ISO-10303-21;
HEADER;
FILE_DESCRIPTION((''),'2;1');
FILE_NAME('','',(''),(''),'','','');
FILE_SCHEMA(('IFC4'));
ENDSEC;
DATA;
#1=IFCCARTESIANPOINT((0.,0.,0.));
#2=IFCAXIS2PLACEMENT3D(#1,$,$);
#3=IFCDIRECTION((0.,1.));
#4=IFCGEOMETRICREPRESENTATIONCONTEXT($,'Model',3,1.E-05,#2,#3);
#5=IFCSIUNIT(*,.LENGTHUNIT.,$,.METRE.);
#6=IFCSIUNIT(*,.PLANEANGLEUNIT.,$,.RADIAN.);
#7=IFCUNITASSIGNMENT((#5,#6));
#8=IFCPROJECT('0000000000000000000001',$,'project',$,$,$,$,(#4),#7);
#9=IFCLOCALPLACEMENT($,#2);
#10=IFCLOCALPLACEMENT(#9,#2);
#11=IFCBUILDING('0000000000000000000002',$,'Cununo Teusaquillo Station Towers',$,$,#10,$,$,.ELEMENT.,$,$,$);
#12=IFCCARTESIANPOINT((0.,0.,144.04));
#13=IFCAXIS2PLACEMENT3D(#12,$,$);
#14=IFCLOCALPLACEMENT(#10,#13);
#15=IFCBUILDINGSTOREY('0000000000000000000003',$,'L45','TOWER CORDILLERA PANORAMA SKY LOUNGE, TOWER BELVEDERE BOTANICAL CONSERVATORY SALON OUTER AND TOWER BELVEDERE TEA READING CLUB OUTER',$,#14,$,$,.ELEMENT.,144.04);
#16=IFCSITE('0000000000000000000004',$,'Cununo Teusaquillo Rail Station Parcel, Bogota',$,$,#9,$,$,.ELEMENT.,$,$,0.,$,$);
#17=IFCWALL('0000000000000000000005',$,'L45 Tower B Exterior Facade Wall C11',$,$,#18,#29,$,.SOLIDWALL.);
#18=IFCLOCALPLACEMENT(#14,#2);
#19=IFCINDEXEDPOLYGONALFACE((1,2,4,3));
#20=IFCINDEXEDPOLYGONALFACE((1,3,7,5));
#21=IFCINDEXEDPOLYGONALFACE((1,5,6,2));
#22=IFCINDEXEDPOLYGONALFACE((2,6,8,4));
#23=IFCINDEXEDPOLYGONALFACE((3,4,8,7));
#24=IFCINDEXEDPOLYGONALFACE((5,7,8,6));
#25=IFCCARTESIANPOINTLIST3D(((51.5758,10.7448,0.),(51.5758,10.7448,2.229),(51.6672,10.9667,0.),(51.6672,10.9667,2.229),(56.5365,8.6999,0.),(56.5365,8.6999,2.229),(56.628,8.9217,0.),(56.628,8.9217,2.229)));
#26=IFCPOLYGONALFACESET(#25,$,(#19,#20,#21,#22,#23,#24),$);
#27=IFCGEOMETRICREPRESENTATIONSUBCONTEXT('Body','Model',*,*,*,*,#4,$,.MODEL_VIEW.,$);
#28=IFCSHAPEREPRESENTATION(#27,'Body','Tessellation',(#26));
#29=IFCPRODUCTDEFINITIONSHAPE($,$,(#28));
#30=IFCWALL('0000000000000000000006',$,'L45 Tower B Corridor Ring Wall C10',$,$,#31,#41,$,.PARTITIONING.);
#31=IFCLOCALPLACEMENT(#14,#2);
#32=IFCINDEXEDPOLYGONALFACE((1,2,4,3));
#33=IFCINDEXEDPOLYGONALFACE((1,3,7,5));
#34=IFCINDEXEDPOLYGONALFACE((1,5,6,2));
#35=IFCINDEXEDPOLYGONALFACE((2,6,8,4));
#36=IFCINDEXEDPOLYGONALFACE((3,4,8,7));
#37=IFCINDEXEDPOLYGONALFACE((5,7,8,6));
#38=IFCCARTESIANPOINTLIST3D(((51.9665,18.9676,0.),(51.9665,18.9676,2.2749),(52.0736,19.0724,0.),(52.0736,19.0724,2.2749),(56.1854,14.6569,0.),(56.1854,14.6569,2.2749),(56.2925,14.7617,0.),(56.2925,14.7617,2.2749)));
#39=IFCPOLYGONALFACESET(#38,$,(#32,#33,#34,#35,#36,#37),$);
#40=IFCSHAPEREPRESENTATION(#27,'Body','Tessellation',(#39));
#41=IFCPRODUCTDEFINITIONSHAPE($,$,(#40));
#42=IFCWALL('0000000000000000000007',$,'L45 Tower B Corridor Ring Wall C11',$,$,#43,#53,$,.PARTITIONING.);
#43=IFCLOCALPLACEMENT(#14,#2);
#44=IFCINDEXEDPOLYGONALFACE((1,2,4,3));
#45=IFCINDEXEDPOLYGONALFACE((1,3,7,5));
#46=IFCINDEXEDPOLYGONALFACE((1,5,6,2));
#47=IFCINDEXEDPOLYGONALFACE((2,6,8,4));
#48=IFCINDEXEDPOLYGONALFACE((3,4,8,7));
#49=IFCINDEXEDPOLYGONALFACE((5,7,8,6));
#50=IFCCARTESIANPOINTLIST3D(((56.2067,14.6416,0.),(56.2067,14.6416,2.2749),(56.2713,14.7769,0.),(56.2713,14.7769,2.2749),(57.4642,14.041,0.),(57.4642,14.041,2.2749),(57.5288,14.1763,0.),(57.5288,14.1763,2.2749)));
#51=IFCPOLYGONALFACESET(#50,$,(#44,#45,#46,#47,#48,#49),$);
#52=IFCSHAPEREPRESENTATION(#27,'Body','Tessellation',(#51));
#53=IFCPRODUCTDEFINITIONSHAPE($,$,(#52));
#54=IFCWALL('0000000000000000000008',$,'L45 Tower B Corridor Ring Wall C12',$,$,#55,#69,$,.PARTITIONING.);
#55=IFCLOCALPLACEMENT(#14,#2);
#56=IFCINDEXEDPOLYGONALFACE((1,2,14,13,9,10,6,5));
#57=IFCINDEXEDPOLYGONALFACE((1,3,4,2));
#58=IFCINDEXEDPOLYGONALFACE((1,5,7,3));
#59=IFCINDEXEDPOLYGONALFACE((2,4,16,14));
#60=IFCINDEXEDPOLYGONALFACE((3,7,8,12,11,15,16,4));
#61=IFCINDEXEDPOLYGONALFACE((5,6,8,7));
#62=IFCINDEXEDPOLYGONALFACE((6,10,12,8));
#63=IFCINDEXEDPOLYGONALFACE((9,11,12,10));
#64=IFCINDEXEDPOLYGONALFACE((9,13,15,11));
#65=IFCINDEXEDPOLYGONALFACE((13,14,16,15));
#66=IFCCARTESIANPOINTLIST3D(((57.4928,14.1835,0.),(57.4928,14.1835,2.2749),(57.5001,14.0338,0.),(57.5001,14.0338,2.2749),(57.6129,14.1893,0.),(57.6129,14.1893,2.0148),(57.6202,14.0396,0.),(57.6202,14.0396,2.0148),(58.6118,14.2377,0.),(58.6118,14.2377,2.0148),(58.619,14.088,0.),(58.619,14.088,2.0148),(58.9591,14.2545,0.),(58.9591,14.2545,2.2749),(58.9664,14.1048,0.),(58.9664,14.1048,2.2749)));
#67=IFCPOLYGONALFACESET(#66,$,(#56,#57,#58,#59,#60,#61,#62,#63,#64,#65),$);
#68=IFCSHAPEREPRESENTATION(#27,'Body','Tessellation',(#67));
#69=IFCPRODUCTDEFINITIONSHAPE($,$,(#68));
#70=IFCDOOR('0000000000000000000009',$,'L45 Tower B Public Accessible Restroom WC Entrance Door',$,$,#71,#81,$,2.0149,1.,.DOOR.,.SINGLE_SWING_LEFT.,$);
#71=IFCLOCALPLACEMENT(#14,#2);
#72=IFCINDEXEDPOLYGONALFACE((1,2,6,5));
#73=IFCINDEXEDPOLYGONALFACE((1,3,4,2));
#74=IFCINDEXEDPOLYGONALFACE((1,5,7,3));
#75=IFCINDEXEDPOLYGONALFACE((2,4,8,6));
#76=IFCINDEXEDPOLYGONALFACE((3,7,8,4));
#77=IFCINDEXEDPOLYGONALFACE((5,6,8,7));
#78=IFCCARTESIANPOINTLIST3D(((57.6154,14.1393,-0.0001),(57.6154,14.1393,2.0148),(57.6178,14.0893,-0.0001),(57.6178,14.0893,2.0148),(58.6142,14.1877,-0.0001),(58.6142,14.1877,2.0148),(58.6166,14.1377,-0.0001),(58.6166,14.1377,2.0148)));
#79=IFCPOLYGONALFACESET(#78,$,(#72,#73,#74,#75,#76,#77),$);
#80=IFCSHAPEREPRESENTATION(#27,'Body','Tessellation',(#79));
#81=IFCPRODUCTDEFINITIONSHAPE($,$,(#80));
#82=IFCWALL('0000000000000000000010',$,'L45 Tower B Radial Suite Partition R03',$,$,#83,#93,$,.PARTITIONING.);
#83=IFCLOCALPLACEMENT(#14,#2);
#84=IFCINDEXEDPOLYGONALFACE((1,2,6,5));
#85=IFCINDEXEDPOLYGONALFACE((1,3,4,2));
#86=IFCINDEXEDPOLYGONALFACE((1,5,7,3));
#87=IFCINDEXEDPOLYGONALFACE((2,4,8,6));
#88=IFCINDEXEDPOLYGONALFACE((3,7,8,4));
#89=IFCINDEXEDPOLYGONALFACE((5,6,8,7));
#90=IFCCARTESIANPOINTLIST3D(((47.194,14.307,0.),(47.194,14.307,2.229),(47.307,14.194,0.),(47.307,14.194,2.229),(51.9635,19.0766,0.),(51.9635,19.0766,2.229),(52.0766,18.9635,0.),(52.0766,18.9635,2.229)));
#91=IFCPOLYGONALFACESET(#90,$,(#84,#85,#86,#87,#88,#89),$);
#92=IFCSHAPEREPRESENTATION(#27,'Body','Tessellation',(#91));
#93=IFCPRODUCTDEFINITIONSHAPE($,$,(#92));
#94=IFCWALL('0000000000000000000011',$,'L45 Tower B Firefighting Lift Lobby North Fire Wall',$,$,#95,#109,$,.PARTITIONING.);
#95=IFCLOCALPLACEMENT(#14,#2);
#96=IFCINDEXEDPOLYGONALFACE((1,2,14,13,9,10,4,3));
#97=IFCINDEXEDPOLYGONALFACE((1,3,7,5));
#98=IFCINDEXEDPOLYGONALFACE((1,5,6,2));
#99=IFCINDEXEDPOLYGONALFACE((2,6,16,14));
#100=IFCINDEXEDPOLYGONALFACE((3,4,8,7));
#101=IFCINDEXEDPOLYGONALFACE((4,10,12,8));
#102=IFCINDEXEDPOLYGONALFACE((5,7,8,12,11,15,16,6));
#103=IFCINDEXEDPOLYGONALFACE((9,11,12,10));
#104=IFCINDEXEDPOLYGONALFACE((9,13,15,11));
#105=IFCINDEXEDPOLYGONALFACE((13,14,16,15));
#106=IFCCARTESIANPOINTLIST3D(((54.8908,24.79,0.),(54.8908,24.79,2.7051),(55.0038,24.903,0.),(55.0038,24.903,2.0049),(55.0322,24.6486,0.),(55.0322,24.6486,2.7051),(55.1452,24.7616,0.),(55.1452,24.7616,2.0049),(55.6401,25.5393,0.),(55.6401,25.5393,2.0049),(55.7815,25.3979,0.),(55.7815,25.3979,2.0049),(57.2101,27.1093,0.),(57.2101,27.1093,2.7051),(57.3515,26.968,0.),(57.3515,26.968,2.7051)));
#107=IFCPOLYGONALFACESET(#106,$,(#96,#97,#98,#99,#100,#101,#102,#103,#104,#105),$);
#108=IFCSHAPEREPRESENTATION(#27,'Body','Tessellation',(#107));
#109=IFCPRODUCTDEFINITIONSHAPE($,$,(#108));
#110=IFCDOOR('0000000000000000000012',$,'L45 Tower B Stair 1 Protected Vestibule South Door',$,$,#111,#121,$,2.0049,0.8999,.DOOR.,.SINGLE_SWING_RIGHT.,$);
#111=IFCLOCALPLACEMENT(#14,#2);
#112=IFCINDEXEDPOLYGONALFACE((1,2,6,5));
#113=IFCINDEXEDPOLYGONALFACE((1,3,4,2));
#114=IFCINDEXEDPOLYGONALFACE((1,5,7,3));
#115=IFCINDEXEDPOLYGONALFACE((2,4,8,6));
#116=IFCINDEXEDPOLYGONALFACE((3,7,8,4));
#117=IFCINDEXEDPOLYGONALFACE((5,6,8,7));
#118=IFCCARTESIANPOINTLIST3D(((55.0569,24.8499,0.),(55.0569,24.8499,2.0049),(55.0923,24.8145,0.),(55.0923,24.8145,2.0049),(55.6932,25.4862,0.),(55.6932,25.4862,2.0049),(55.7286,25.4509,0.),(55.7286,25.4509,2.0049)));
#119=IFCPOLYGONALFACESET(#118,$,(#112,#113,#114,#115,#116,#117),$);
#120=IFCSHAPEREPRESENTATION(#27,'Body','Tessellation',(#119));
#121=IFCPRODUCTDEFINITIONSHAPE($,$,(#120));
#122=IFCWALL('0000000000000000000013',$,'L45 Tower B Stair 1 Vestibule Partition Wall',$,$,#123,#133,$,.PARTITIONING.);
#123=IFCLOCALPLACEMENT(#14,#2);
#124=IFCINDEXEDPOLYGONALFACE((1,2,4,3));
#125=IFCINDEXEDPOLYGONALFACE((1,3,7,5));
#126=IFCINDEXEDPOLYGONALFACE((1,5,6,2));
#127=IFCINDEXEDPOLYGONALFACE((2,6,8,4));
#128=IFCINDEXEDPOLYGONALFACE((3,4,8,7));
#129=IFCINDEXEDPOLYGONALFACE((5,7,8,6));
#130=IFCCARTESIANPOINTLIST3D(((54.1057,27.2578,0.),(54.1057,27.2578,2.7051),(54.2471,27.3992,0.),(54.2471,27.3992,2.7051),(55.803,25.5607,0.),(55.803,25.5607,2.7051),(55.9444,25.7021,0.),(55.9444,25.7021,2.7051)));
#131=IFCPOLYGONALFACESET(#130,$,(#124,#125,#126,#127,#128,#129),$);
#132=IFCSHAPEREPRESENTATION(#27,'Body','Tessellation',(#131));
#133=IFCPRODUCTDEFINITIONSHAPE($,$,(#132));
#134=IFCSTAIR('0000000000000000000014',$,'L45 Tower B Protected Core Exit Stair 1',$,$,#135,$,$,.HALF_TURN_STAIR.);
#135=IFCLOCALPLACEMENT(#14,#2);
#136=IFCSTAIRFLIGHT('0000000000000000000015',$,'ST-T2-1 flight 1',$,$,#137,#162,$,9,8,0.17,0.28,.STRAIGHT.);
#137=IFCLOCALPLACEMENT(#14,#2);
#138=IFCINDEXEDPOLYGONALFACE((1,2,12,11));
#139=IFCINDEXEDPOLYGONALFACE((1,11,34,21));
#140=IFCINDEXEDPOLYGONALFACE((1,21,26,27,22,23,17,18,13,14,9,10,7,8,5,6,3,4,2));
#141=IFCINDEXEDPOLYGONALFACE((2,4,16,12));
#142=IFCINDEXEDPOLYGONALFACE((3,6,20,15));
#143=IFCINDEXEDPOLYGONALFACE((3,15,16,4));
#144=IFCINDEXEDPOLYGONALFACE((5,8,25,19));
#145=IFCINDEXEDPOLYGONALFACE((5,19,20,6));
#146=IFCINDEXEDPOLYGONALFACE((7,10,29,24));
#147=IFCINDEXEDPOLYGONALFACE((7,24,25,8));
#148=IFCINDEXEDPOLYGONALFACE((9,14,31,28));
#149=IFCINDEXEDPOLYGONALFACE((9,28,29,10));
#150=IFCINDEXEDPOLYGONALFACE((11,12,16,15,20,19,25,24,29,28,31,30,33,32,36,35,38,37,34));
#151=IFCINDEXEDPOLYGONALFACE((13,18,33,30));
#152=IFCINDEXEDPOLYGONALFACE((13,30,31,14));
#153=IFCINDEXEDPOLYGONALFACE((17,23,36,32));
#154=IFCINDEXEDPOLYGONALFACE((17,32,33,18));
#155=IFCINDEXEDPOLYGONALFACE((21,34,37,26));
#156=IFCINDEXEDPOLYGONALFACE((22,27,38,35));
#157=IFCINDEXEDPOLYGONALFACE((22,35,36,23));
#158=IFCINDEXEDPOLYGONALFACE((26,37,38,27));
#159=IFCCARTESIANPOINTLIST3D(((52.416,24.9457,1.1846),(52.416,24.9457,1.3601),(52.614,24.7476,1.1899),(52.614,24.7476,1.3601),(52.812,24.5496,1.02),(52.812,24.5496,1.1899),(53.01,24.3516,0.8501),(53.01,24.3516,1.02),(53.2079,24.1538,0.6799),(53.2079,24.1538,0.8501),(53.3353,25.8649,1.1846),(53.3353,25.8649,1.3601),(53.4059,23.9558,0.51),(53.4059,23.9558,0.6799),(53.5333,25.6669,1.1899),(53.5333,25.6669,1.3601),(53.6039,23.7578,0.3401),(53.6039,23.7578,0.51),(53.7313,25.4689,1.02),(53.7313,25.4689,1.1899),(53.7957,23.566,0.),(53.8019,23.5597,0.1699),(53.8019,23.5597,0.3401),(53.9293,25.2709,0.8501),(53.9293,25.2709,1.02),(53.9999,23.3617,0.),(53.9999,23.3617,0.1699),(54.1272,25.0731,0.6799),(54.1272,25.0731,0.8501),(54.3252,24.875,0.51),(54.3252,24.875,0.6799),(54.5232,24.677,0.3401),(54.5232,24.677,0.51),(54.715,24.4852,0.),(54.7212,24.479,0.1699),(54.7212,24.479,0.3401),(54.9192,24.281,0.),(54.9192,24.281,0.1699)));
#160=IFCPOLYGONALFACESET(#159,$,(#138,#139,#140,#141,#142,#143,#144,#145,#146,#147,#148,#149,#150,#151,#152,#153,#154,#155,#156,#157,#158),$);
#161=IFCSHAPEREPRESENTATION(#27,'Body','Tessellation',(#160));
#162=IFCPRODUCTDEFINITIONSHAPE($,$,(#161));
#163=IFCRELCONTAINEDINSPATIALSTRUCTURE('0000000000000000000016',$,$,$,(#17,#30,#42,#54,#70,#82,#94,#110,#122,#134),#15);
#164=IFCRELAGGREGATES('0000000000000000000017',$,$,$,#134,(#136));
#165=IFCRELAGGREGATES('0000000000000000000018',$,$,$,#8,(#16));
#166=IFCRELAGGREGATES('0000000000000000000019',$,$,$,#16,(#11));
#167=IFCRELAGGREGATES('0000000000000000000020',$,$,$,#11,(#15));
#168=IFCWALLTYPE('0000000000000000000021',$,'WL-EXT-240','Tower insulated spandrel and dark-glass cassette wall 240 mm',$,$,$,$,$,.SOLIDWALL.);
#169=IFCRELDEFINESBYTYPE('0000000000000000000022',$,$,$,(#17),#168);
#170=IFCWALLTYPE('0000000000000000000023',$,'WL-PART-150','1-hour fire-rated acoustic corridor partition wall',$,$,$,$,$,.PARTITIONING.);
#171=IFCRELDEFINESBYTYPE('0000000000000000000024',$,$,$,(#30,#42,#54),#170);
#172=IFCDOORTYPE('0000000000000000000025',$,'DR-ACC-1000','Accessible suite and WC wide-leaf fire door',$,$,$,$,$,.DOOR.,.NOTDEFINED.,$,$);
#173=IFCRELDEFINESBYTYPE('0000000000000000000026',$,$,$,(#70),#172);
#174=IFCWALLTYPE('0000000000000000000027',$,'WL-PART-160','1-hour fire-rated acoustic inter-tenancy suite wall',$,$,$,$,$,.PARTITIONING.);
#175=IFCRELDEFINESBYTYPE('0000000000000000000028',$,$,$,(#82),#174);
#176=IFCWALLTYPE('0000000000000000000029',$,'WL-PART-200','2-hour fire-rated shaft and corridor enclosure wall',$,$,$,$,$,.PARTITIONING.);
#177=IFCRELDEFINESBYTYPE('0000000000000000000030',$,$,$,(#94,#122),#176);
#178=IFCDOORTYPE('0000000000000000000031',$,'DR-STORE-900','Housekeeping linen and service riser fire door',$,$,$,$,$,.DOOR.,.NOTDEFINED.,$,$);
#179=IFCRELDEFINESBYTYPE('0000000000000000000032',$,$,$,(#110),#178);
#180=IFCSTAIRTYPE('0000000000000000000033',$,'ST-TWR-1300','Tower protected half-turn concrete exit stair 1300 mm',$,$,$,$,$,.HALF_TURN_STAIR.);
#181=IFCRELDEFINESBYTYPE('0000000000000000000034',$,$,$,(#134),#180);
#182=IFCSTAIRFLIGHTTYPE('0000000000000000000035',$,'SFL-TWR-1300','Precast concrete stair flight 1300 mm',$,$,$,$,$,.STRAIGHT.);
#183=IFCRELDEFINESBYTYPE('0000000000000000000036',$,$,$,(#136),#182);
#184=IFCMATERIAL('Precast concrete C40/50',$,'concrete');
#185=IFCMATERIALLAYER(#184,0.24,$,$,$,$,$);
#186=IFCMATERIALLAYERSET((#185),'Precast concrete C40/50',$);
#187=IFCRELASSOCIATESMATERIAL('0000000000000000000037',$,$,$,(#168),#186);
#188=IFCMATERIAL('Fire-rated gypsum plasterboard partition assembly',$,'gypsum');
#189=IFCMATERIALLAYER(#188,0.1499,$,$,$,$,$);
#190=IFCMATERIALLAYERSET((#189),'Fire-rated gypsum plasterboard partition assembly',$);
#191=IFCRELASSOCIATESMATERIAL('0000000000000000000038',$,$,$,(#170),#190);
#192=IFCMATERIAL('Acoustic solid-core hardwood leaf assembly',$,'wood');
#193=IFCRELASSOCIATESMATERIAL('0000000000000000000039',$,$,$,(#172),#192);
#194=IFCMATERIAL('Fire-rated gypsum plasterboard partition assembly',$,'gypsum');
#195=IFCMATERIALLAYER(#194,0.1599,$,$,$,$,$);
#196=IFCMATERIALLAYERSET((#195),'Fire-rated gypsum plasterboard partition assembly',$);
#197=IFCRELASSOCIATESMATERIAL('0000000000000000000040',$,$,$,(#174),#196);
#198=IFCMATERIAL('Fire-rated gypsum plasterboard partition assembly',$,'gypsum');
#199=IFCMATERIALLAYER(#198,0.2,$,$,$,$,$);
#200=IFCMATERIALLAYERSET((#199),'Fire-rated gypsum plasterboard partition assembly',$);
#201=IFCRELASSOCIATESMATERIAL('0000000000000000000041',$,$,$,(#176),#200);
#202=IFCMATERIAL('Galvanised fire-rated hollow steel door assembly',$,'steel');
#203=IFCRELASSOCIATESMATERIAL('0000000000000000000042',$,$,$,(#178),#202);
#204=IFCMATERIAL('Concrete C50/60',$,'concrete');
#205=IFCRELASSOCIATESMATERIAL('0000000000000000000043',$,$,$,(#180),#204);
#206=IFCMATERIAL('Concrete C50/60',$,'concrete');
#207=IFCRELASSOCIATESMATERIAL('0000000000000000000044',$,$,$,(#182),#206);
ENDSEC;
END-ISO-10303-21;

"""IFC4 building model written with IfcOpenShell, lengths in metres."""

from ifc_helpers import new_model, si_unit, direction, frame, frame_2d, origin, place, context, subcontext, project, spatial, polyline, rectangle, outline, extrude, source, transform, mapped, material, layer, layer_set, type_object, element, fill, aggregate, save


model = new_model("IFC4")

# Units and contexts
model_context = context("Model", 3, precision=1e-05, world=origin(), true_north=direction((0.0, 1.0)))
body_context = subcontext(model_context, "Body", "Model", "MODEL_VIEW")
ifc_project = project(units=[si_unit("LENGTHUNIT", "METRE"), si_unit("PLANEANGLEUNIT", "RADIAN")], contexts=[model_context])

# Site, building, storey
site_placement = place(None, origin())
site = spatial("IfcSite", under=ifc_project, at=site_placement, Name="Cununo Teusaquillo Rail Station Parcel, Bogota", CompositionType="ELEMENT", RefElevation=0.0)
building_placement = place(site_placement, origin())
building = spatial("IfcBuilding", under=site, at=building_placement, Name="Cununo Teusaquillo Station Towers", CompositionType="ELEMENT")
storey_placement = place(building_placement, frame((0.0, 0.0, 144.04)))
storey = spatial("IfcBuildingStorey", under=building, at=storey_placement, Name="L45", Description="TOWER CORDILLERA PANORAMA SKY LOUNGE, TOWER BELVEDERE BOTANICAL CONSERVATORY SALON OUTER AND TOWER BELVEDERE TEA READING CLUB OUTER", CompositionType="ELEMENT", Elevation=144.04)

# Shared definitions
ifc_material_1 = material(Name="Precast concrete C40/50", Category="concrete")
ifc_layer_1 = layer(ifc_material_1, 0.24)
ifc_layer_set_1 = layer_set([ifc_layer_1], Name="Precast concrete C40/50")
wall_type_1 = type_object("IfcWallType", Name="WL-EXT-240", Description="Tower insulated spandrel and dark-glass cassette wall 240 mm", PredefinedType="SOLIDWALL", material=ifc_layer_set_1)

# Walls
wall_1_placement = place(storey_placement, frame((56.5823, 8.8108, 0.0), z_axis=(0.0, 0.0, 1.0), x_axis=(-0.924528, 0.381114, 0.0)))
element("IfcWall", 1, at=wall_1_placement, inside=storey, type_object=wall_type_1, Name="L45 Tower B Exterior Facade Wall C11", PredefinedType="SOLIDWALL", context=body_context, shape_type="SweptSolid", body=[
    extrude(rectangle(XDim=5.3657, YDim=0.24, at=frame_2d((2.6829, 0.0))), origin(), (0.0, 0.0, 1.0), 2.229),
])
ifc_material_2 = material(Name="Fire-rated gypsum plasterboard partition assembly", Category="gypsum")
ifc_layer_2 = layer(ifc_material_2, 0.1499)
ifc_layer_set_2 = layer_set([ifc_layer_2], Name="Fire-rated gypsum plasterboard partition assembly")
wall_type_2 = type_object("IfcWallType", Name="WL-PART-150", Description="1-hour fire-rated acoustic corridor partition wall", PredefinedType="PARTITIONING", material=ifc_layer_set_2)
wall_2_placement = place(storey_placement, frame((52.02, 19.02, 0.0), z_axis=(0.0, 0.0, 1.0), x_axis=(0.699456, -0.714675, 0.0)))
element("IfcWall", 2, at=wall_2_placement, inside=storey, type_object=wall_type_2, Name="L45 Tower B Corridor Ring Wall C10", PredefinedType="PARTITIONING", context=body_context, shape_type="SweptSolid", body=[
    extrude(rectangle(XDim=6.0317, YDim=0.1499, at=frame_2d((3.0159, 0.0))), origin(), (0.0, 0.0, 1.0), 2.2749),
])
wall_3_placement = place(storey_placement, frame((56.239, 14.7092, 0.0), z_axis=(0.0, 0.0, 1.0), x_axis=(0.902374, -0.430953, 0.0)))
element("IfcWall", 3, at=wall_3_placement, inside=storey, type_object=wall_type_2, Name="L45 Tower B Corridor Ring Wall C11", PredefinedType="PARTITIONING", context=body_context, shape_type="SweptSolid", body=[
    extrude(rectangle(XDim=1.3936, YDim=0.1499, at=frame_2d((0.6968, 0.0))), origin(), (0.0, 0.0, 1.0), 2.2749),
])

# Wall, opening, door
wall_4_placement = place(storey_placement, frame((57.4966, 14.1086, 0.0), z_axis=(0.0, 0.0, 1.0), x_axis=(0.998828, 0.048395, 0.0)))
wall_4 = element("IfcWall", 4, at=wall_4_placement, inside=storey, type_object=wall_type_2, Name="L45 Tower B Corridor Ring Wall C12", PredefinedType="PARTITIONING", context=body_context, shape_type="SweptSolid", body=[
    extrude(rectangle(XDim=1.468, YDim=0.1499, at=frame_2d((0.7339, 0.0))), origin(), (0.0, 0.0, 1.0), 2.2749),
])
shared_shape_1 = source(origin(), body_context, "Body", "SweptSolid", [
    extrude(rectangle(XDim=1.0, YDim=2.0149, at=frame_2d((0.5, 1.0073))), frame((0.0, 0.085, 0.0), z_axis=(0.0, -1.0, 0.0), x_axis=(1.0, 0.0, 0.0)), (0.0, 0.0, 1.0), 0.1699),
])
opening_1_placement = place(wall_4_placement, frame((0.1201, 0.0, 0.0)))
opening_1 = element("IfcOpeningElement", 5, at=opening_1_placement, cuts=wall_4, PredefinedType="OPENING", context=body_context, shape_type="MappedRepresentation", body=[
    mapped(shared_shape_1, transform((0.0, 0.0, 0.0), x_axis=(1.0, 0.0, 0.0), y_axis=(0.0, 1.0, 0.0), z_axis=(0.0, 0.0, 1.0), scale=1.0)),
])
ifc_material_3 = material(Name="Acoustic solid-core hardwood leaf assembly", Category="wood")
door_type_1 = type_object("IfcDoorType", Name="DR-ACC-1000", Description="Accessible suite and WC wide-leaf fire door", OperationType="NOTDEFINED", PredefinedType="DOOR", material=ifc_material_3)
shared_shape_2 = source(origin(), body_context, "Body", "SweptSolid", [
    extrude(rectangle(XDim=1.0, YDim=2.0149, at=frame_2d((0.5, 1.0073))), frame((0.0, 0.0249, 0.0), z_axis=(0.0, -1.0, 0.0), x_axis=(1.0, 0.0, 0.0)), (0.0, 0.0, 1.0), 0.05),
])
door_1_placement = place(opening_1_placement, origin())
door_1 = element("IfcDoor", 6, at=door_1_placement, inside=storey, type_object=door_type_1, Name="L45 Tower B Public Accessible Restroom WC Entrance Door", OperationType="SINGLE_SWING_LEFT", OverallHeight=2.0149, OverallWidth=1.0, PredefinedType="DOOR", context=body_context, shape_type="MappedRepresentation", body=[
    mapped(shared_shape_2, transform((0.0, 0.0, 0.0), x_axis=(1.0, 0.0, 0.0), y_axis=(0.0, 1.0, 0.0), z_axis=(0.0, 0.0, 1.0), scale=1.0)),
])
fill(opening_1, door_1)

# Wall
ifc_material_4 = material(Name="Fire-rated gypsum plasterboard partition assembly", Category="gypsum")
ifc_layer_3 = layer(ifc_material_4, 0.1599)
ifc_layer_set_3 = layer_set([ifc_layer_3], Name="Fire-rated gypsum plasterboard partition assembly")
wall_type_3 = type_object("IfcWallType", Name="WL-PART-160", Description="1-hour fire-rated acoustic inter-tenancy suite wall", PredefinedType="PARTITIONING", material=ifc_layer_set_3)
wall_5_placement = place(storey_placement, frame((52.02, 19.02, 0.0), z_axis=(0.0, 0.0, 1.0), x_axis=(-0.707107, -0.707107, 0.0)))
element("IfcWall", 7, at=wall_5_placement, inside=storey, type_object=wall_type_3, Name="L45 Tower B Radial Suite Partition R03", PredefinedType="PARTITIONING", context=body_context, shape_type="SweptSolid", body=[
    extrude(rectangle(XDim=6.7451, YDim=0.1599, at=frame_2d((3.3726, 0.0))), origin(), (0.0, 0.0, 1.0), 2.229),
])

# Wall, opening, door
ifc_material_5 = material(Name="Fire-rated gypsum plasterboard partition assembly", Category="gypsum")
ifc_layer_4 = layer(ifc_material_5, 0.2)
ifc_layer_set_4 = layer_set([ifc_layer_4], Name="Fire-rated gypsum plasterboard partition assembly")
wall_type_4 = type_object("IfcWallType", Name="WL-PART-200", Description="2-hour fire-rated shaft and corridor enclosure wall", PredefinedType="PARTITIONING", material=ifc_layer_set_4)
wall_6_placement = place(storey_placement, frame((54.9614, 24.7192, 0.0), z_axis=(0.0, 0.0, 1.0), x_axis=(0.707107, 0.707107, 0.0)))
wall_6 = element("IfcWall", 8, at=wall_6_placement, inside=storey, type_object=wall_type_4, Name="L45 Tower B Firefighting Lift Lobby North Fire Wall", PredefinedType="PARTITIONING", context=body_context, shape_type="SweptSolid", body=[
    extrude(rectangle(XDim=3.28, YDim=0.2, at=frame_2d((1.6401, 0.0))), origin(), (0.0, 0.0, 1.0), 2.7051),
])
shared_shape_3 = source(origin(), body_context, "Body", "SweptSolid", [
    extrude(rectangle(XDim=0.8999, YDim=2.0049, at=frame_2d((0.45, 1.0024))), frame((0.0, 0.1099, 0.0), z_axis=(0.0, -1.0, 0.0), x_axis=(1.0, 0.0, 0.0)), (0.0, 0.0, 1.0), 0.22),
])
opening_2_placement = place(wall_6_placement, frame((0.1599, 0.0, 0.0)))
opening_2 = element("IfcOpeningElement", 9, at=opening_2_placement, cuts=wall_6, PredefinedType="OPENING", context=body_context, shape_type="MappedRepresentation", body=[
    mapped(shared_shape_3, transform((0.0, 0.0, 0.0), x_axis=(1.0, 0.0, 0.0), y_axis=(0.0, 1.0, 0.0), z_axis=(0.0, 0.0, 1.0), scale=1.0)),
])
ifc_material_6 = material(Name="Galvanised fire-rated hollow steel door assembly", Category="steel")
door_type_2 = type_object("IfcDoorType", Name="DR-STORE-900", Description="Housekeeping linen and service riser fire door", OperationType="NOTDEFINED", PredefinedType="DOOR", material=ifc_material_6)
shared_shape_4 = source(origin(), body_context, "Body", "SweptSolid", [
    extrude(rectangle(XDim=0.8999, YDim=2.0049, at=frame_2d((0.45, 1.0024))), frame((0.0, 0.0249, 0.0), z_axis=(0.0, -1.0, 0.0), x_axis=(1.0, 0.0, 0.0)), (0.0, 0.0, 1.0), 0.05),
])
door_2_placement = place(opening_2_placement, origin())
door_2 = element("IfcDoor", 10, at=door_2_placement, inside=storey, type_object=door_type_2, Name="L45 Tower B Stair 1 Protected Vestibule South Door", OperationType="SINGLE_SWING_RIGHT", OverallHeight=2.0049, OverallWidth=0.8999, PredefinedType="DOOR", context=body_context, shape_type="MappedRepresentation", body=[
    mapped(shared_shape_4, transform((0.0, 0.0, 0.0), x_axis=(1.0, 0.0, 0.0), y_axis=(0.0, 1.0, 0.0), z_axis=(0.0, 0.0, 1.0), scale=1.0)),
])
fill(opening_2, door_2)

# Wall
wall_7_placement = place(storey_placement, frame((55.8738, 25.6313, 0.0), z_axis=(0.0, 0.0, 1.0), x_axis=(-0.707158, 0.707056, 0.0)))
element("IfcWall", 11, at=wall_7_placement, inside=storey, type_object=wall_type_4, Name="L45 Tower B Stair 1 Vestibule Partition Wall", PredefinedType="PARTITIONING", context=body_context, shape_type="SweptSolid", body=[
    extrude(rectangle(XDim=2.4001, YDim=0.2, at=frame_2d((1.2002, 0.0))), origin(), (0.0, 0.0, 1.0), 2.7051),
])

# Stair, stair flight
ifc_material_7 = material(Name="Concrete C50/60", Category="concrete")
stair_type = type_object("IfcStairType", Name="ST-TWR-1300", Description="Tower protected half-turn concrete exit stair 1300 mm", PredefinedType="HALF_TURN_STAIR", material=ifc_material_7)
stair_placement = place(storey_placement, origin())
stair = element("IfcStair", 12, at=stair_placement, inside=storey, type_object=stair_type, Name="L45 Tower B Protected Core Exit Stair 1", PredefinedType="HALF_TURN_STAIR")
ifc_material_8 = material(Name="Concrete C50/60", Category="concrete")
stair_flight_type = type_object("IfcStairFlightType", Name="SFL-TWR-1300", Description="Precast concrete stair flight 1300 mm", PredefinedType="STRAIGHT", material=ifc_material_8)
stair_flight_1_placement = place(storey_placement, frame((54.4595, 23.8213, 0.0), z_axis=(0.0, 0.0, 1.0), x_axis=(-0.707107, 0.707107, 0.0)))
stair_flight_1 = element("IfcStairFlight", 13, at=stair_flight_1_placement, type_object=stair_flight_type, Name="ST-T2-1 flight 1", NumberOfRisers=9, NumberOfTreads=8, PredefinedType="STRAIGHT", RiserHeight=0.17, TreadLength=0.28, context=body_context, shape_type="SweptSolid", body=[
    extrude(outline(polyline([(0.0, 0.0), (0.0, 0.1699), (0.28, 0.1699), (0.28, 0.3401), (0.5601, 0.3401), (0.5601, 0.51), (0.8401, 0.51), (0.8401, 0.6799), (1.1201, 0.6799), (1.1201, 0.8501), (1.3999, 0.8501), (1.3999, 1.02), (1.6799, 1.02), (1.6799, 1.1899), (1.96, 1.1899), (1.96, 1.3601), (2.24, 1.3601), (2.24, 1.53), (2.24, 1.1846), (0.2888, 0.0), (0.0, 0.0)])), frame((0.0, 0.6499, 0.0), z_axis=(0.0, -1.0, 0.0), x_axis=(1.0, 0.0, 0.0)), (0.0, 0.0, 1.0), 1.3),
])
aggregate(stair, [stair_flight_1])

save(model, "model.ifc")
